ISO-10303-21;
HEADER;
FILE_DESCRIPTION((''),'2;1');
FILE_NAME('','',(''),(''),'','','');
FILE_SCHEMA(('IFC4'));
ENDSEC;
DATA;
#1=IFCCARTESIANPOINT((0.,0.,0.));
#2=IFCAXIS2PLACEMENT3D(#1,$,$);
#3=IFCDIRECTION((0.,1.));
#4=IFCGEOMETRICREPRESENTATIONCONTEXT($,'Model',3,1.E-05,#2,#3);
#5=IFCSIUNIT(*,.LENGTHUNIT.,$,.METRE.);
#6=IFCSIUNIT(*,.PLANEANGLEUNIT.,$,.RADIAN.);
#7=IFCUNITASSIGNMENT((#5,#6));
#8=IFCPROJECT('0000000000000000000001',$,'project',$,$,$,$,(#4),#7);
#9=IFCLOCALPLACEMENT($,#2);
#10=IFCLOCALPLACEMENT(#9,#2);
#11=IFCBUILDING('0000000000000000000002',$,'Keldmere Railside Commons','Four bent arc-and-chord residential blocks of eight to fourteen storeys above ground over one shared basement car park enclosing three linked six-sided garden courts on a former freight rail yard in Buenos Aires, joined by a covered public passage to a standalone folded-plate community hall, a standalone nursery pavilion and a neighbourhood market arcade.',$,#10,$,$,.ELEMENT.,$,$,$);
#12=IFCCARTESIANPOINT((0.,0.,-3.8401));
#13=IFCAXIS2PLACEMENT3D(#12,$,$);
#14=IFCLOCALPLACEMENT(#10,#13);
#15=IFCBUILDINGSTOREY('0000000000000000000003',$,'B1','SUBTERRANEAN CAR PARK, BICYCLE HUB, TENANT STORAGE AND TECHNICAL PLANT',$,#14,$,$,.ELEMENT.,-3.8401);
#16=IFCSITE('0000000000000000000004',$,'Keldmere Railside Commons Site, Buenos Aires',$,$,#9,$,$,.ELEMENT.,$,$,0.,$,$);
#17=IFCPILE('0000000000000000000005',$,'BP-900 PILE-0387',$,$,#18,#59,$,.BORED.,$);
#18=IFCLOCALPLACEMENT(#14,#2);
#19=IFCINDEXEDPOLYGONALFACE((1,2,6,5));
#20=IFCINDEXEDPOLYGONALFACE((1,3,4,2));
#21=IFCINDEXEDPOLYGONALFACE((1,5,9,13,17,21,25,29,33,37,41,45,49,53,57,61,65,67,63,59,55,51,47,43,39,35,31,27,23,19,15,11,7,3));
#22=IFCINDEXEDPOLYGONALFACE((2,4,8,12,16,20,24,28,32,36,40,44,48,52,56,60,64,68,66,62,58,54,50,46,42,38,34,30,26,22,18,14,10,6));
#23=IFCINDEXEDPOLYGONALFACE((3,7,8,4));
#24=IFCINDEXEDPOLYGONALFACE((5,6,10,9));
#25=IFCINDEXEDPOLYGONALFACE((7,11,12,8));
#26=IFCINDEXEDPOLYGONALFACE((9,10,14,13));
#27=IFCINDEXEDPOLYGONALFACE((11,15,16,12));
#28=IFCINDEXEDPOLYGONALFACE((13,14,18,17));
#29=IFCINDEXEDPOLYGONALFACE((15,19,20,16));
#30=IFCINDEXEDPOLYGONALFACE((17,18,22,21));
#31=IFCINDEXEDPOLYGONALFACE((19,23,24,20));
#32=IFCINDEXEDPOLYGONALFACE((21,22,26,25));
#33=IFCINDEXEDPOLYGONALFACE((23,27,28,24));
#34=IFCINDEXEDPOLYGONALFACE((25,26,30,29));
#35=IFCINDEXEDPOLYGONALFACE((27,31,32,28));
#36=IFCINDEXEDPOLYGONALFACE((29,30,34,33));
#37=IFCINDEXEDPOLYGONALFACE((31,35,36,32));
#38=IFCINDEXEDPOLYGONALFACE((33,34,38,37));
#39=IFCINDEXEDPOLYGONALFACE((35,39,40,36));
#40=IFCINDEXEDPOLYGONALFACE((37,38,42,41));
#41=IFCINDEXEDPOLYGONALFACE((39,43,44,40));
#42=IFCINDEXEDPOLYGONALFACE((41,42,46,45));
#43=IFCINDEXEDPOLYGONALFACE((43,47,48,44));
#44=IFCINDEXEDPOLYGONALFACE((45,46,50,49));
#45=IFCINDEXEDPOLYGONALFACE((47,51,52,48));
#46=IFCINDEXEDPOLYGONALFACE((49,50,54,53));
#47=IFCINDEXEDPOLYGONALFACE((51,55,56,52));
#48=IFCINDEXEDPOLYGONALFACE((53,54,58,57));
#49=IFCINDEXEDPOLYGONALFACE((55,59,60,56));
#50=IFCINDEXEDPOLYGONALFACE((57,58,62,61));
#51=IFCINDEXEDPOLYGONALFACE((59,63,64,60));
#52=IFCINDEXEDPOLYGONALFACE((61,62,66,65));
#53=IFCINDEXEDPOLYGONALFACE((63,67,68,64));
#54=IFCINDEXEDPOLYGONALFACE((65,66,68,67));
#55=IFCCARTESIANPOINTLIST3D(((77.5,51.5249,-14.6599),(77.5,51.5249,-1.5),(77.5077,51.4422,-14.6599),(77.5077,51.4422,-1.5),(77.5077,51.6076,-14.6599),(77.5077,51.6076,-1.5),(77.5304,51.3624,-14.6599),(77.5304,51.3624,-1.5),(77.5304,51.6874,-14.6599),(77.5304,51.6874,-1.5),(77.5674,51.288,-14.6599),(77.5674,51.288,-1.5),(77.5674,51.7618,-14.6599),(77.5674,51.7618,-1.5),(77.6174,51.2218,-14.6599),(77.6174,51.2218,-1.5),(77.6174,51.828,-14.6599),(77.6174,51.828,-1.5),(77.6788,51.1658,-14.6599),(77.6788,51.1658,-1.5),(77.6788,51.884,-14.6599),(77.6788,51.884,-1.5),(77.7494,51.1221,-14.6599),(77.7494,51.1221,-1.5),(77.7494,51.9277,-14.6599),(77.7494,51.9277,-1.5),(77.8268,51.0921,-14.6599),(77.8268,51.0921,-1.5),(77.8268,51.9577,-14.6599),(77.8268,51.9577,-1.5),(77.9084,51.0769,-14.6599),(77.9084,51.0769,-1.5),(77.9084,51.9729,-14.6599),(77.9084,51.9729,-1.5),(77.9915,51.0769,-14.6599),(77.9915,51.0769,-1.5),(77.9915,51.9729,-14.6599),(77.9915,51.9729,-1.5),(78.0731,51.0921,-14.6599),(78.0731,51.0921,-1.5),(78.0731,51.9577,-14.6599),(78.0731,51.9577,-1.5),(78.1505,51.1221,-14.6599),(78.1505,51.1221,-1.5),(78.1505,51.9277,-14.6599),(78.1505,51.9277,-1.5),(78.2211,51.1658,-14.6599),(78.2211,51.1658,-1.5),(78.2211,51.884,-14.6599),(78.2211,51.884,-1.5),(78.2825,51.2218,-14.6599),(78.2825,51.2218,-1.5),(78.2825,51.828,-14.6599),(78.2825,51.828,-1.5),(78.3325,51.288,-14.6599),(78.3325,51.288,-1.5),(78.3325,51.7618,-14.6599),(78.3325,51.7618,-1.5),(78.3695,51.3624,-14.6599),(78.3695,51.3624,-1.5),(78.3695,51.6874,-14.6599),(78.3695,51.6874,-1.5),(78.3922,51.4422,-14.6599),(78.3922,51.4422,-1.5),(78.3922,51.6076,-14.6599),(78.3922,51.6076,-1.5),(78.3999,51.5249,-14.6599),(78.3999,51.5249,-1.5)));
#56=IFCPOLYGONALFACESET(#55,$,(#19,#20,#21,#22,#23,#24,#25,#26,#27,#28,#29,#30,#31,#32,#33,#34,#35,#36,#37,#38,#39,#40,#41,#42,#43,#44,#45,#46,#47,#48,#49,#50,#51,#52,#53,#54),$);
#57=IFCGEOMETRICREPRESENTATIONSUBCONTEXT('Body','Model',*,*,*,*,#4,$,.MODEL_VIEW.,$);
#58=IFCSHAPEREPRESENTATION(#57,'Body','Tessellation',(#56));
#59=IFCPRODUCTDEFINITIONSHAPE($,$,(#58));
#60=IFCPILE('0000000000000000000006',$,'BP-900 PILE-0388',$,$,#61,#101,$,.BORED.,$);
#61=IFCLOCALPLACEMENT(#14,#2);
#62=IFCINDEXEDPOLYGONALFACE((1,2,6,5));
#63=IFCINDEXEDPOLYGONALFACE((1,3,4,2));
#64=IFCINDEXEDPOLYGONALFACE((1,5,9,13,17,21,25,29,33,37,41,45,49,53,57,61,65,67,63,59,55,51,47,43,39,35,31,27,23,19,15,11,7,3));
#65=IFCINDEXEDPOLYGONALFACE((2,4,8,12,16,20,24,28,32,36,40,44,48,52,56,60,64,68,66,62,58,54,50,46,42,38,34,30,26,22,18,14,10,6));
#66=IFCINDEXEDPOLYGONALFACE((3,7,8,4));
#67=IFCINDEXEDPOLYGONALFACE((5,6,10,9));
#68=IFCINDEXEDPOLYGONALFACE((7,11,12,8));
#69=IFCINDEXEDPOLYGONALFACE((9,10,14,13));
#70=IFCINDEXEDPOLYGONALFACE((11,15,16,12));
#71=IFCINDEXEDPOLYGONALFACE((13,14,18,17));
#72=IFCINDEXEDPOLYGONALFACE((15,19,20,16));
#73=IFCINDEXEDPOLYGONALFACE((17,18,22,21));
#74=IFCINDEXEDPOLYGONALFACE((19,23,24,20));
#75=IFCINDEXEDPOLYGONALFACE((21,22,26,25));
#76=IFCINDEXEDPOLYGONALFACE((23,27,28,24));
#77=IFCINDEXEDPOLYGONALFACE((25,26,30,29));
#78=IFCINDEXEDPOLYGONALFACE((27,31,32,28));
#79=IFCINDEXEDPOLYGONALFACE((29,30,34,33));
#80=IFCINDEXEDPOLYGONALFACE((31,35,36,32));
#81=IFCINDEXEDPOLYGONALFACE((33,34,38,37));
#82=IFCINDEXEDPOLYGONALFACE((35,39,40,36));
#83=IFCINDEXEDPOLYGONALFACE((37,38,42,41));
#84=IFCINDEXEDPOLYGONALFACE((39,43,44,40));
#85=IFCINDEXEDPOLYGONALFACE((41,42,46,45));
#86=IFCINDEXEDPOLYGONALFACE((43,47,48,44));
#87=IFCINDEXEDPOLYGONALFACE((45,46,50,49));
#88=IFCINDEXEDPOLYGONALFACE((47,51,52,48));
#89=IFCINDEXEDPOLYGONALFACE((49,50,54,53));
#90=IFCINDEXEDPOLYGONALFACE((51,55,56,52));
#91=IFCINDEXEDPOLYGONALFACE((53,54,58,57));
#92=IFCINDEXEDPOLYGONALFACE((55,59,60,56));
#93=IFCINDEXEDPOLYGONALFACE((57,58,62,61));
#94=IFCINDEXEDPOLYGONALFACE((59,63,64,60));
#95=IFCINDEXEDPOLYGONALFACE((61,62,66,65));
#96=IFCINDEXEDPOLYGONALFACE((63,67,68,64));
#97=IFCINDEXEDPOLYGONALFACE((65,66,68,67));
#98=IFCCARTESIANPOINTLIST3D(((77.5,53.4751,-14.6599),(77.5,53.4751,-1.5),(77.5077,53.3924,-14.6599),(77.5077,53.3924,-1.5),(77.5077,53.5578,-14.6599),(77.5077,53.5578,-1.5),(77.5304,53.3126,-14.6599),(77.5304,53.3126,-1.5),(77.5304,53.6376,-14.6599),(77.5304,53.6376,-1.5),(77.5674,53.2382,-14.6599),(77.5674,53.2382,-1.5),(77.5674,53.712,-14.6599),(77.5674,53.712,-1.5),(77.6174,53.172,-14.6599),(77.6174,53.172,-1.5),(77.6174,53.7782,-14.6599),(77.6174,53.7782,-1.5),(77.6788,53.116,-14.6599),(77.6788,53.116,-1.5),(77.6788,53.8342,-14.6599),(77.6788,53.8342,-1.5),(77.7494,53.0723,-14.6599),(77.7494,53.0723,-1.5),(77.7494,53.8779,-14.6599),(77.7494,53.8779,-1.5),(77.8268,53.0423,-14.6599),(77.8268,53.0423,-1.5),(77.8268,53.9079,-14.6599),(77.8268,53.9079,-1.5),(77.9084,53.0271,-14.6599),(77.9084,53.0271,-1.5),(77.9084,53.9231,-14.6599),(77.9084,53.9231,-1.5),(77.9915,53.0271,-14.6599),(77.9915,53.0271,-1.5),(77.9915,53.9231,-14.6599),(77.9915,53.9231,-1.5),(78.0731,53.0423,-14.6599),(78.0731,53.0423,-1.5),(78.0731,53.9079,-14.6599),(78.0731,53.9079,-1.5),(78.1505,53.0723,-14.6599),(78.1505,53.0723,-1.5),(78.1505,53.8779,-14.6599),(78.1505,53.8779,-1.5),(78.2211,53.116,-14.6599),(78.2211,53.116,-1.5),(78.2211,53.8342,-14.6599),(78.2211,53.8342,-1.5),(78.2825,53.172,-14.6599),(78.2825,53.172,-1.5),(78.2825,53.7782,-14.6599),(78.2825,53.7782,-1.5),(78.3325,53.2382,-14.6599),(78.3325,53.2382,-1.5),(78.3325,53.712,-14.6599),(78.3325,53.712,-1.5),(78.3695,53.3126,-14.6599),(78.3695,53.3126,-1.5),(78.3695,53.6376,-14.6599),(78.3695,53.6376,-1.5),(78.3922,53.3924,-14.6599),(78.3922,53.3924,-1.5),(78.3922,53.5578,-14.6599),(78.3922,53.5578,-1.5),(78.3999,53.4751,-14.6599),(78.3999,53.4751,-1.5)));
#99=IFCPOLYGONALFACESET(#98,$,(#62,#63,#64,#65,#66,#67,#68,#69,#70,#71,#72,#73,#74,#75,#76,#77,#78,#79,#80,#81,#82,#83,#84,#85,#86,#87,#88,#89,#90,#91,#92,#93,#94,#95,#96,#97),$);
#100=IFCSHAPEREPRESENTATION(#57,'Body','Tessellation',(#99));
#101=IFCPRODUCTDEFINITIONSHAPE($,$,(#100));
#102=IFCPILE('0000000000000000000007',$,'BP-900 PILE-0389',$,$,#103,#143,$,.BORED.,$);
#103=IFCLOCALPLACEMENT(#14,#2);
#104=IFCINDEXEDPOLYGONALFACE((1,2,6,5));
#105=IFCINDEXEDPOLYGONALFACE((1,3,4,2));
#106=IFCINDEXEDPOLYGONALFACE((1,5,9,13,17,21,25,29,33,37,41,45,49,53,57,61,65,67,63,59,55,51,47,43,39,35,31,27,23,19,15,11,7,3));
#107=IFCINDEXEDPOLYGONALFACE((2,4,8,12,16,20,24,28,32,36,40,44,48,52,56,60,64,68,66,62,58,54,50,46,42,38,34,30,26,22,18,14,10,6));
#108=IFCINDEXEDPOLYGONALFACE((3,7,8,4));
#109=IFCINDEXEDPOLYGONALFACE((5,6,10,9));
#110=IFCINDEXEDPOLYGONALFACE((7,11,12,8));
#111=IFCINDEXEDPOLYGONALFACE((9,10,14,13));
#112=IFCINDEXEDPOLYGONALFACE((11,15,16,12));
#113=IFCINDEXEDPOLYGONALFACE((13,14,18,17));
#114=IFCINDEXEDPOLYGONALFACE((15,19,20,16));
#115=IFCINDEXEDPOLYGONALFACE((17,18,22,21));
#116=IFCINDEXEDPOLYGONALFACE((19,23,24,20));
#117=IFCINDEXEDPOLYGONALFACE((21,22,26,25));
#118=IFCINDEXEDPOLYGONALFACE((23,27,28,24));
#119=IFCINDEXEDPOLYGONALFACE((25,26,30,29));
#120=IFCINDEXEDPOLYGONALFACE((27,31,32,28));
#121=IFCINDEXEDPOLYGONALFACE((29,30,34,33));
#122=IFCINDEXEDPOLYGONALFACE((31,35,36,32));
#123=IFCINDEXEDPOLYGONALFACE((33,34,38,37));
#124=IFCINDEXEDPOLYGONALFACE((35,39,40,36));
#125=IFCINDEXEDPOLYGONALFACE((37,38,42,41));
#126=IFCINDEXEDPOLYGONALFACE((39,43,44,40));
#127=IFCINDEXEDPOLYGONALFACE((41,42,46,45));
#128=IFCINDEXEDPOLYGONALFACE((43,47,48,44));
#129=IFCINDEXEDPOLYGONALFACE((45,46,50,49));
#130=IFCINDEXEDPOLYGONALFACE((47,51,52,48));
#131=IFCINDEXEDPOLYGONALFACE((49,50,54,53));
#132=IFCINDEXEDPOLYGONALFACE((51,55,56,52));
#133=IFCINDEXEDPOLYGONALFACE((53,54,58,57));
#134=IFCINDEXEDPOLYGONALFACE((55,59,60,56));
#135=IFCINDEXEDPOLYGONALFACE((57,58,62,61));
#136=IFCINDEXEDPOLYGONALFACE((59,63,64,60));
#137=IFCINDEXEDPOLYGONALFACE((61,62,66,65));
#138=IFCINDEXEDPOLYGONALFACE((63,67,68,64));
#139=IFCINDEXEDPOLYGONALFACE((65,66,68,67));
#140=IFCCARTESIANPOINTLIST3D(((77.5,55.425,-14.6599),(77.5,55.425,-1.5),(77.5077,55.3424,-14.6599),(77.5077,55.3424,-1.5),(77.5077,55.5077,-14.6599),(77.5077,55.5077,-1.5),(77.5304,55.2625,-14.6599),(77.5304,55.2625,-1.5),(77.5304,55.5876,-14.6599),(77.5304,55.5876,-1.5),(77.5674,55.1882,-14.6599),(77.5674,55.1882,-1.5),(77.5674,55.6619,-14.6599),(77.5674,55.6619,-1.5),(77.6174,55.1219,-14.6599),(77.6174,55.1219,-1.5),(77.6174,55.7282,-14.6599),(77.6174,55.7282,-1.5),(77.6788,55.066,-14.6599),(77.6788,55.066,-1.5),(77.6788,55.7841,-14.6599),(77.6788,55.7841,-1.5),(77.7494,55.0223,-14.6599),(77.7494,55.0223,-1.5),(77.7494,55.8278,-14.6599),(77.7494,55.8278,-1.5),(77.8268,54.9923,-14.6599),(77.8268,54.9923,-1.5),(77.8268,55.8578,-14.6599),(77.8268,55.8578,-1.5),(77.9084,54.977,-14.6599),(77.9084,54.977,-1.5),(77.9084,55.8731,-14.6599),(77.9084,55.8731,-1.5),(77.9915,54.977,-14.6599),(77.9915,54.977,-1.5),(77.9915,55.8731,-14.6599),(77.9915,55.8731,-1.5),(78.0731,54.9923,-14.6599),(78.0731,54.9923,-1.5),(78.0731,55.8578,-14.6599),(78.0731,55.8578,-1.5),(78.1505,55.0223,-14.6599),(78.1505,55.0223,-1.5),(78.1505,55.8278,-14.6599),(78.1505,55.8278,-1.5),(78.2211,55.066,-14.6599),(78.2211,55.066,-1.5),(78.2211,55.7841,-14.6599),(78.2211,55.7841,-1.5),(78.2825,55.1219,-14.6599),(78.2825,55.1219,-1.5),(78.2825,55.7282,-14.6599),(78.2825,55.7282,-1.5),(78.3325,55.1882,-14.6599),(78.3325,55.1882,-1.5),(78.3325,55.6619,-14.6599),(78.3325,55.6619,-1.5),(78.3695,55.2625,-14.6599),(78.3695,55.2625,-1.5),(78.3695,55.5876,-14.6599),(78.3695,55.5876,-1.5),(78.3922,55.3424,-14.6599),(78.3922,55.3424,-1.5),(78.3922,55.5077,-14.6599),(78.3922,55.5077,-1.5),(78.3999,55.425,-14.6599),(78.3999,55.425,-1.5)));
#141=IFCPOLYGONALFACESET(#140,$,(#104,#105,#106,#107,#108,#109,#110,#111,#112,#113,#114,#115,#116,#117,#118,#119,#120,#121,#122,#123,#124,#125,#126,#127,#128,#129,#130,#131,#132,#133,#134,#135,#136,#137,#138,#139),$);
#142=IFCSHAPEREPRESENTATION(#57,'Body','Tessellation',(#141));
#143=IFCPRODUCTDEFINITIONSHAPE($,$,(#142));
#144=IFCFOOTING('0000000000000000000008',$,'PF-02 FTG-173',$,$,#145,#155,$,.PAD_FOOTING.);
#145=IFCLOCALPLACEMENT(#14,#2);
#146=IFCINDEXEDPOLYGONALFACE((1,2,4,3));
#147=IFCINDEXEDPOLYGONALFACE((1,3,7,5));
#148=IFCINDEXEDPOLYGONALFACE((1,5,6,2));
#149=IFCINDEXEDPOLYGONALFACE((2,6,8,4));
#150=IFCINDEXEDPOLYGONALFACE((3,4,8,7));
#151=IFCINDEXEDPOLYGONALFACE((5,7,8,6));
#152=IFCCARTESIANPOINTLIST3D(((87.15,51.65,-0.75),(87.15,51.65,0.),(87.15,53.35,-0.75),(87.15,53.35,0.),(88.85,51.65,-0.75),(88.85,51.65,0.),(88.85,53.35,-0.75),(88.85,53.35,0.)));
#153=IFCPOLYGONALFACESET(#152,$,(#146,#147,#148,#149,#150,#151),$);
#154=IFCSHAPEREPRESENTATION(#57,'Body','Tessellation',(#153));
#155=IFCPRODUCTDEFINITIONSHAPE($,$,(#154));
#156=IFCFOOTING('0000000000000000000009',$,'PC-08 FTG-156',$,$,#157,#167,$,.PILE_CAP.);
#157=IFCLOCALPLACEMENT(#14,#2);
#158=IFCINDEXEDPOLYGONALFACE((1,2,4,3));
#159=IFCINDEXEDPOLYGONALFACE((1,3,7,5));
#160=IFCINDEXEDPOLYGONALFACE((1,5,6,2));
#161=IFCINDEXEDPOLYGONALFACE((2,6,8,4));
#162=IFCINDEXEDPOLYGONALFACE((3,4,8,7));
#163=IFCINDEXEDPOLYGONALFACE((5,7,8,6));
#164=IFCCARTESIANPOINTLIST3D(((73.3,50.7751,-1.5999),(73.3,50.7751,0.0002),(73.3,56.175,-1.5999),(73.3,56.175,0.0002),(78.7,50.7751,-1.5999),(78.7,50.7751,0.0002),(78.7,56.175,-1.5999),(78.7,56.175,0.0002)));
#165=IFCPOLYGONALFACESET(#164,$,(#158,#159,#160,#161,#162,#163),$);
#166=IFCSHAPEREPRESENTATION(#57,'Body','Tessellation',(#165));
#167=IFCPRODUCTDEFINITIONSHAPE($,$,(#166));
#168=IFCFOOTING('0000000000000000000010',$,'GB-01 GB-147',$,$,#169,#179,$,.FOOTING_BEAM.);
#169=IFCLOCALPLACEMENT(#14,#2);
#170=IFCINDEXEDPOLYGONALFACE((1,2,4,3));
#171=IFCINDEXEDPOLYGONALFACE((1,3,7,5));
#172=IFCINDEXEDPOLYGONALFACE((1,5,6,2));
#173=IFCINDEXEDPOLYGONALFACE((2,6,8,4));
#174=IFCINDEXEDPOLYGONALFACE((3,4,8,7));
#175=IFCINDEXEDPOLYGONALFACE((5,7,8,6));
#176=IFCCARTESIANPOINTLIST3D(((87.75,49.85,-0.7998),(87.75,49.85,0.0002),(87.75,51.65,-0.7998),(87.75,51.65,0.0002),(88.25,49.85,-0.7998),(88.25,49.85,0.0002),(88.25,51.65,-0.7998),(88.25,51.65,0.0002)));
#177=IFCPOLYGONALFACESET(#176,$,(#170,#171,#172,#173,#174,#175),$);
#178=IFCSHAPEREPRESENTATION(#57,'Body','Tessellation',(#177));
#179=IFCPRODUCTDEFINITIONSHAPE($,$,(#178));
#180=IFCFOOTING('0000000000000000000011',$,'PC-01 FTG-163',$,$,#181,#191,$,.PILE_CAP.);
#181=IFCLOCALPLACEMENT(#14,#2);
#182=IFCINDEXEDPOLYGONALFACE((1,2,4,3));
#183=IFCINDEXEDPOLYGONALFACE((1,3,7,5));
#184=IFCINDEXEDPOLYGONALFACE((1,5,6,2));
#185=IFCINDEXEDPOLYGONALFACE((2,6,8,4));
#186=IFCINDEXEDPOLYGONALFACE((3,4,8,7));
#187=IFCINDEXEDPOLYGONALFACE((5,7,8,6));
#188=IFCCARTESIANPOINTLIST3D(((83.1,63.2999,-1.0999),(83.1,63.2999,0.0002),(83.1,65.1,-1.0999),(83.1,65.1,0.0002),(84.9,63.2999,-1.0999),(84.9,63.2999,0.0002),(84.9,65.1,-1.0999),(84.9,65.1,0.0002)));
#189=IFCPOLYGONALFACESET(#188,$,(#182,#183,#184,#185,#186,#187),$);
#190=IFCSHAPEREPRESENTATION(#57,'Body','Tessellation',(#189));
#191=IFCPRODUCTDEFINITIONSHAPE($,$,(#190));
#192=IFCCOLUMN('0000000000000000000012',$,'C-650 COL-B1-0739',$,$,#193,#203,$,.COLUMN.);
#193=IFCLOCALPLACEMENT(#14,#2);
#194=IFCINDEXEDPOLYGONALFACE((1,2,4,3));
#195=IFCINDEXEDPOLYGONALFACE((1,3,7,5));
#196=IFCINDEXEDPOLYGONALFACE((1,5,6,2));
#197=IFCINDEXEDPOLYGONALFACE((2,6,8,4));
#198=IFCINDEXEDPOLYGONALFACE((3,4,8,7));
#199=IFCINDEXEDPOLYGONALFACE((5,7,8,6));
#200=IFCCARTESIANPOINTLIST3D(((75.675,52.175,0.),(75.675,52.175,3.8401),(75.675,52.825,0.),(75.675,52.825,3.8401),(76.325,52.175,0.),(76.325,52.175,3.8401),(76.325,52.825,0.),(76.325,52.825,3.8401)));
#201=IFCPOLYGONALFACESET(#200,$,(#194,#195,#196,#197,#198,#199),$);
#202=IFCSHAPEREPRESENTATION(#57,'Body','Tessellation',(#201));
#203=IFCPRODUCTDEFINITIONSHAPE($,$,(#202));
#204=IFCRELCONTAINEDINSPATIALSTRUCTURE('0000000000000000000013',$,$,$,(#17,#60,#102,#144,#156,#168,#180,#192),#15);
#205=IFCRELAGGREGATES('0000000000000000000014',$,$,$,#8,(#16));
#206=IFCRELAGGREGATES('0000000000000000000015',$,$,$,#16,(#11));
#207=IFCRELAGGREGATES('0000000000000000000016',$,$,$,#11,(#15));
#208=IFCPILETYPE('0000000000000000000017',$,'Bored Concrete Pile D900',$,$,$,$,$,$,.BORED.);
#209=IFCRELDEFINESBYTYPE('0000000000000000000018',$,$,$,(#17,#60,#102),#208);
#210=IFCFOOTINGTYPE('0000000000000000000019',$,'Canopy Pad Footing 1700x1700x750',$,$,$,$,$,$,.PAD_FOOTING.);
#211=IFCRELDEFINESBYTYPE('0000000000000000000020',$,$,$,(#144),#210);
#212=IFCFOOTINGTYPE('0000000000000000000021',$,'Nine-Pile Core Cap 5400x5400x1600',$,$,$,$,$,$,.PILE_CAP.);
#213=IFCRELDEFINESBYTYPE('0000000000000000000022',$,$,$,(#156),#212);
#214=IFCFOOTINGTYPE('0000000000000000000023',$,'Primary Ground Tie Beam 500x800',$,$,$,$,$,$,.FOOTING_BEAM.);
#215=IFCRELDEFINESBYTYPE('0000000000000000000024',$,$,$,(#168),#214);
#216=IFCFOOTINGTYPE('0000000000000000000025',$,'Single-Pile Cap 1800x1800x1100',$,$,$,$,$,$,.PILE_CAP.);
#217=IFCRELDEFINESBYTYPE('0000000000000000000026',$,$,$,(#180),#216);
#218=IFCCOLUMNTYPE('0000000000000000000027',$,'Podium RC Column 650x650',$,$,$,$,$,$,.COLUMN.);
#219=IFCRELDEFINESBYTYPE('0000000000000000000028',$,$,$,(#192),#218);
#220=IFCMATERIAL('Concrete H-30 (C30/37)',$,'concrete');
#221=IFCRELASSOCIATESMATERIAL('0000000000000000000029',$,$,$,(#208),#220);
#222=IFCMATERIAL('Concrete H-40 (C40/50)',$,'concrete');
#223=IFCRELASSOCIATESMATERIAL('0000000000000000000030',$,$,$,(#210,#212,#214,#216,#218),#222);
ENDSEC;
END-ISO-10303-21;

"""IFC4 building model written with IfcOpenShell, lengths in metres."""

from ifc_helpers import new_model, si_unit, direction, frame, origin, origin_2d, place, context, subcontext, project, spatial, rectangle, circle, extrude, material, material_profile, profile_set, type_object, element, save


model = new_model("IFC4")

# Units and contexts
model_context = context("Model", 3, precision=1e-05, world=origin(), true_north=direction((0.0, 1.0)))
body_context = subcontext(model_context, "Body", "Model", "MODEL_VIEW")
ifc_project = project(units=[si_unit("LENGTHUNIT", "METRE"), si_unit("PLANEANGLEUNIT", "RADIAN")], contexts=[model_context])

# Site, building, storey
site_placement = place(None, origin())
site = spatial("IfcSite", under=ifc_project, at=site_placement, Name="Keldmere Railside Commons Site, Buenos Aires", CompositionType="ELEMENT", RefElevation=0.0)
building_placement = place(site_placement, origin())
building = spatial("IfcBuilding", under=site, at=building_placement, Name="Keldmere Railside Commons", Description="Four bent arc-and-chord residential blocks of eight to fourteen storeys above ground over one shared basement car park enclosing three linked six-sided garden courts on a former freight rail yard in Buenos Aires, joined by a covered public passage to a standalone folded-plate community hall, a standalone nursery pavilion and a neighbourhood market arcade.", CompositionType="ELEMENT")
storey_placement = place(building_placement, frame((0.0, 0.0, -3.8401)))
storey = spatial("IfcBuildingStorey", under=building, at=storey_placement, Name="B1", Description="SUBTERRANEAN CAR PARK, BICYCLE HUB, TENANT STORAGE AND TECHNICAL PLANT", CompositionType="ELEMENT", Elevation=-3.8401)

# Piles
ifc_material_1 = material(Name="Concrete H-30 (C30/37)", Category="concrete")
ifc_material_profile_1 = material_profile(ifc_material_1, circle(Radius=0.45, at=origin_2d()), Name="PILE-D900")
ifc_profile_set_1 = profile_set([ifc_material_profile_1], Name="Concrete H-30 (C30/37)")
pile_type_1 = type_object("IfcPileType", Name="Bored Concrete Pile D900", PredefinedType="BORED", material=ifc_profile_set_1)
for number, where, z_axis, x_axis, name in (
    (1, (77.95, 51.5249, -1.5), (0.0, 0.0, -1.0), (1.0, 0.0, 0.0), "BP-900 PILE-0387"),
    (2, (77.95, 53.4751, -1.5), (0.0, 0.0, -1.0), (1.0, 0.0, 0.0), "BP-900 PILE-0388"),
    (3, (77.95, 55.425, -1.5), (0.0, 0.0, -1.0), (1.0, 0.0, 0.0), "BP-900 PILE-0389"),
):
    element("IfcPile", number, at=place(storey_placement, frame(where, z_axis=z_axis, x_axis=x_axis)), inside=storey, type_object=pile_type_1, Name=name, PredefinedType="BORED", context=body_context, shape_type="SweptSolid", body=[
        extrude(circle(Radius=0.45, at=origin_2d()), origin(), (0.0, 0.0, 1.0), 13.1599),
    ])

# Footings
ifc_material_2 = material(Name="Concrete H-40 (C40/50)", Category="concrete")
footing_type_1 = type_object("IfcFootingType", Name="Canopy Pad Footing 1700x1700x750", PredefinedType="PAD_FOOTING", material=ifc_material_2)
footing_1_placement = place(storey_placement, frame((88.0, 52.5, -0.75), z_axis=(0.0, 0.0, 1.0), x_axis=(1.0, 0.0, 0.0)))
element("IfcFooting", 4, at=footing_1_placement, inside=storey, type_object=footing_type_1, Name="PF-02 FTG-173", PredefinedType="PAD_FOOTING", context=body_context, shape_type="SweptSolid", body=[
    extrude(rectangle(XDim=1.7, YDim=1.7, at=origin_2d()), origin(), (0.0, 0.0, 1.0), 0.75),
])
footing_type_2 = type_object("IfcFootingType", Name="Nine-Pile Core Cap 5400x5400x1600", PredefinedType="PILE_CAP", material=ifc_material_2)
footing_2_placement = place(storey_placement, frame((76.0, 53.4751, -1.5999), z_axis=(0.0, 0.0, 1.0), x_axis=(1.0, 0.0, 0.0)))
element("IfcFooting", 5, at=footing_2_placement, inside=storey, type_object=footing_type_2, Name="PC-08 FTG-156", PredefinedType="PILE_CAP", context=body_context, shape_type="SweptSolid", body=[
    extrude(rectangle(XDim=5.3999, YDim=5.3999, at=origin_2d()), origin(), (0.0, 0.0, 1.0), 1.6001),
])
footing_type_3 = type_object("IfcFootingType", Name="Primary Ground Tie Beam 500x800", PredefinedType="FOOTING_BEAM", material=ifc_material_2)
footing_3_placement = place(storey_placement, frame((88.0, 50.75, -0.7998), z_axis=(0.0, 0.0, 1.0), x_axis=(0.0, 1.0, 0.0)))
element("IfcFooting", 6, at=footing_3_placement, inside=storey, type_object=footing_type_3, Name="GB-01 GB-147", PredefinedType="FOOTING_BEAM", context=body_context, shape_type="SweptSolid", body=[
    extrude(rectangle(XDim=1.8, YDim=0.5, at=origin_2d()), origin(), (0.0, 0.0, 1.0), 0.8),
])
footing_type_4 = type_object("IfcFootingType", Name="Single-Pile Cap 1800x1800x1100", PredefinedType="PILE_CAP", material=ifc_material_2)
footing_4_placement = place(storey_placement, frame((84.0, 64.2, -1.0999), z_axis=(0.0, 0.0, 1.0), x_axis=(1.0, 0.0, 0.0)))
element("IfcFooting", 7, at=footing_4_placement, inside=storey, type_object=footing_type_4, Name="PC-01 FTG-163", PredefinedType="PILE_CAP", context=body_context, shape_type="SweptSolid", body=[
    extrude(rectangle(XDim=1.8, YDim=1.8, at=origin_2d()), origin(), (0.0, 0.0, 1.0), 1.1001),
])

# Column
ifc_material_profile_2 = material_profile(ifc_material_2, rectangle(XDim=0.6499, YDim=0.6499, at=origin_2d()), Name="RC-650x650")
ifc_profile_set_2 = profile_set([ifc_material_profile_2], Name="Concrete H-40 (C40/50)")
column_type = type_object("IfcColumnType", Name="Podium RC Column 650x650", PredefinedType="COLUMN", material=ifc_profile_set_2)
for number, where, z_axis, x_axis, name in (
    (8, (76.0, 52.5, 0.0), (0.0, 0.0, 1.0), (1.0, 0.0, 0.0), "C-650 COL-B1-0739"),
):
    element("IfcColumn", number, at=place(storey_placement, frame(where, z_axis=z_axis, x_axis=x_axis)), inside=storey, type_object=column_type, Name=name, PredefinedType="COLUMN", context=body_context, shape_type="SweptSolid", body=[
        extrude(rectangle(XDim=0.6499, YDim=0.6499, at=origin_2d()), origin(), (0.0, 0.0, 1.0), 3.8401),
    ])

save(model, "model.ifc")
